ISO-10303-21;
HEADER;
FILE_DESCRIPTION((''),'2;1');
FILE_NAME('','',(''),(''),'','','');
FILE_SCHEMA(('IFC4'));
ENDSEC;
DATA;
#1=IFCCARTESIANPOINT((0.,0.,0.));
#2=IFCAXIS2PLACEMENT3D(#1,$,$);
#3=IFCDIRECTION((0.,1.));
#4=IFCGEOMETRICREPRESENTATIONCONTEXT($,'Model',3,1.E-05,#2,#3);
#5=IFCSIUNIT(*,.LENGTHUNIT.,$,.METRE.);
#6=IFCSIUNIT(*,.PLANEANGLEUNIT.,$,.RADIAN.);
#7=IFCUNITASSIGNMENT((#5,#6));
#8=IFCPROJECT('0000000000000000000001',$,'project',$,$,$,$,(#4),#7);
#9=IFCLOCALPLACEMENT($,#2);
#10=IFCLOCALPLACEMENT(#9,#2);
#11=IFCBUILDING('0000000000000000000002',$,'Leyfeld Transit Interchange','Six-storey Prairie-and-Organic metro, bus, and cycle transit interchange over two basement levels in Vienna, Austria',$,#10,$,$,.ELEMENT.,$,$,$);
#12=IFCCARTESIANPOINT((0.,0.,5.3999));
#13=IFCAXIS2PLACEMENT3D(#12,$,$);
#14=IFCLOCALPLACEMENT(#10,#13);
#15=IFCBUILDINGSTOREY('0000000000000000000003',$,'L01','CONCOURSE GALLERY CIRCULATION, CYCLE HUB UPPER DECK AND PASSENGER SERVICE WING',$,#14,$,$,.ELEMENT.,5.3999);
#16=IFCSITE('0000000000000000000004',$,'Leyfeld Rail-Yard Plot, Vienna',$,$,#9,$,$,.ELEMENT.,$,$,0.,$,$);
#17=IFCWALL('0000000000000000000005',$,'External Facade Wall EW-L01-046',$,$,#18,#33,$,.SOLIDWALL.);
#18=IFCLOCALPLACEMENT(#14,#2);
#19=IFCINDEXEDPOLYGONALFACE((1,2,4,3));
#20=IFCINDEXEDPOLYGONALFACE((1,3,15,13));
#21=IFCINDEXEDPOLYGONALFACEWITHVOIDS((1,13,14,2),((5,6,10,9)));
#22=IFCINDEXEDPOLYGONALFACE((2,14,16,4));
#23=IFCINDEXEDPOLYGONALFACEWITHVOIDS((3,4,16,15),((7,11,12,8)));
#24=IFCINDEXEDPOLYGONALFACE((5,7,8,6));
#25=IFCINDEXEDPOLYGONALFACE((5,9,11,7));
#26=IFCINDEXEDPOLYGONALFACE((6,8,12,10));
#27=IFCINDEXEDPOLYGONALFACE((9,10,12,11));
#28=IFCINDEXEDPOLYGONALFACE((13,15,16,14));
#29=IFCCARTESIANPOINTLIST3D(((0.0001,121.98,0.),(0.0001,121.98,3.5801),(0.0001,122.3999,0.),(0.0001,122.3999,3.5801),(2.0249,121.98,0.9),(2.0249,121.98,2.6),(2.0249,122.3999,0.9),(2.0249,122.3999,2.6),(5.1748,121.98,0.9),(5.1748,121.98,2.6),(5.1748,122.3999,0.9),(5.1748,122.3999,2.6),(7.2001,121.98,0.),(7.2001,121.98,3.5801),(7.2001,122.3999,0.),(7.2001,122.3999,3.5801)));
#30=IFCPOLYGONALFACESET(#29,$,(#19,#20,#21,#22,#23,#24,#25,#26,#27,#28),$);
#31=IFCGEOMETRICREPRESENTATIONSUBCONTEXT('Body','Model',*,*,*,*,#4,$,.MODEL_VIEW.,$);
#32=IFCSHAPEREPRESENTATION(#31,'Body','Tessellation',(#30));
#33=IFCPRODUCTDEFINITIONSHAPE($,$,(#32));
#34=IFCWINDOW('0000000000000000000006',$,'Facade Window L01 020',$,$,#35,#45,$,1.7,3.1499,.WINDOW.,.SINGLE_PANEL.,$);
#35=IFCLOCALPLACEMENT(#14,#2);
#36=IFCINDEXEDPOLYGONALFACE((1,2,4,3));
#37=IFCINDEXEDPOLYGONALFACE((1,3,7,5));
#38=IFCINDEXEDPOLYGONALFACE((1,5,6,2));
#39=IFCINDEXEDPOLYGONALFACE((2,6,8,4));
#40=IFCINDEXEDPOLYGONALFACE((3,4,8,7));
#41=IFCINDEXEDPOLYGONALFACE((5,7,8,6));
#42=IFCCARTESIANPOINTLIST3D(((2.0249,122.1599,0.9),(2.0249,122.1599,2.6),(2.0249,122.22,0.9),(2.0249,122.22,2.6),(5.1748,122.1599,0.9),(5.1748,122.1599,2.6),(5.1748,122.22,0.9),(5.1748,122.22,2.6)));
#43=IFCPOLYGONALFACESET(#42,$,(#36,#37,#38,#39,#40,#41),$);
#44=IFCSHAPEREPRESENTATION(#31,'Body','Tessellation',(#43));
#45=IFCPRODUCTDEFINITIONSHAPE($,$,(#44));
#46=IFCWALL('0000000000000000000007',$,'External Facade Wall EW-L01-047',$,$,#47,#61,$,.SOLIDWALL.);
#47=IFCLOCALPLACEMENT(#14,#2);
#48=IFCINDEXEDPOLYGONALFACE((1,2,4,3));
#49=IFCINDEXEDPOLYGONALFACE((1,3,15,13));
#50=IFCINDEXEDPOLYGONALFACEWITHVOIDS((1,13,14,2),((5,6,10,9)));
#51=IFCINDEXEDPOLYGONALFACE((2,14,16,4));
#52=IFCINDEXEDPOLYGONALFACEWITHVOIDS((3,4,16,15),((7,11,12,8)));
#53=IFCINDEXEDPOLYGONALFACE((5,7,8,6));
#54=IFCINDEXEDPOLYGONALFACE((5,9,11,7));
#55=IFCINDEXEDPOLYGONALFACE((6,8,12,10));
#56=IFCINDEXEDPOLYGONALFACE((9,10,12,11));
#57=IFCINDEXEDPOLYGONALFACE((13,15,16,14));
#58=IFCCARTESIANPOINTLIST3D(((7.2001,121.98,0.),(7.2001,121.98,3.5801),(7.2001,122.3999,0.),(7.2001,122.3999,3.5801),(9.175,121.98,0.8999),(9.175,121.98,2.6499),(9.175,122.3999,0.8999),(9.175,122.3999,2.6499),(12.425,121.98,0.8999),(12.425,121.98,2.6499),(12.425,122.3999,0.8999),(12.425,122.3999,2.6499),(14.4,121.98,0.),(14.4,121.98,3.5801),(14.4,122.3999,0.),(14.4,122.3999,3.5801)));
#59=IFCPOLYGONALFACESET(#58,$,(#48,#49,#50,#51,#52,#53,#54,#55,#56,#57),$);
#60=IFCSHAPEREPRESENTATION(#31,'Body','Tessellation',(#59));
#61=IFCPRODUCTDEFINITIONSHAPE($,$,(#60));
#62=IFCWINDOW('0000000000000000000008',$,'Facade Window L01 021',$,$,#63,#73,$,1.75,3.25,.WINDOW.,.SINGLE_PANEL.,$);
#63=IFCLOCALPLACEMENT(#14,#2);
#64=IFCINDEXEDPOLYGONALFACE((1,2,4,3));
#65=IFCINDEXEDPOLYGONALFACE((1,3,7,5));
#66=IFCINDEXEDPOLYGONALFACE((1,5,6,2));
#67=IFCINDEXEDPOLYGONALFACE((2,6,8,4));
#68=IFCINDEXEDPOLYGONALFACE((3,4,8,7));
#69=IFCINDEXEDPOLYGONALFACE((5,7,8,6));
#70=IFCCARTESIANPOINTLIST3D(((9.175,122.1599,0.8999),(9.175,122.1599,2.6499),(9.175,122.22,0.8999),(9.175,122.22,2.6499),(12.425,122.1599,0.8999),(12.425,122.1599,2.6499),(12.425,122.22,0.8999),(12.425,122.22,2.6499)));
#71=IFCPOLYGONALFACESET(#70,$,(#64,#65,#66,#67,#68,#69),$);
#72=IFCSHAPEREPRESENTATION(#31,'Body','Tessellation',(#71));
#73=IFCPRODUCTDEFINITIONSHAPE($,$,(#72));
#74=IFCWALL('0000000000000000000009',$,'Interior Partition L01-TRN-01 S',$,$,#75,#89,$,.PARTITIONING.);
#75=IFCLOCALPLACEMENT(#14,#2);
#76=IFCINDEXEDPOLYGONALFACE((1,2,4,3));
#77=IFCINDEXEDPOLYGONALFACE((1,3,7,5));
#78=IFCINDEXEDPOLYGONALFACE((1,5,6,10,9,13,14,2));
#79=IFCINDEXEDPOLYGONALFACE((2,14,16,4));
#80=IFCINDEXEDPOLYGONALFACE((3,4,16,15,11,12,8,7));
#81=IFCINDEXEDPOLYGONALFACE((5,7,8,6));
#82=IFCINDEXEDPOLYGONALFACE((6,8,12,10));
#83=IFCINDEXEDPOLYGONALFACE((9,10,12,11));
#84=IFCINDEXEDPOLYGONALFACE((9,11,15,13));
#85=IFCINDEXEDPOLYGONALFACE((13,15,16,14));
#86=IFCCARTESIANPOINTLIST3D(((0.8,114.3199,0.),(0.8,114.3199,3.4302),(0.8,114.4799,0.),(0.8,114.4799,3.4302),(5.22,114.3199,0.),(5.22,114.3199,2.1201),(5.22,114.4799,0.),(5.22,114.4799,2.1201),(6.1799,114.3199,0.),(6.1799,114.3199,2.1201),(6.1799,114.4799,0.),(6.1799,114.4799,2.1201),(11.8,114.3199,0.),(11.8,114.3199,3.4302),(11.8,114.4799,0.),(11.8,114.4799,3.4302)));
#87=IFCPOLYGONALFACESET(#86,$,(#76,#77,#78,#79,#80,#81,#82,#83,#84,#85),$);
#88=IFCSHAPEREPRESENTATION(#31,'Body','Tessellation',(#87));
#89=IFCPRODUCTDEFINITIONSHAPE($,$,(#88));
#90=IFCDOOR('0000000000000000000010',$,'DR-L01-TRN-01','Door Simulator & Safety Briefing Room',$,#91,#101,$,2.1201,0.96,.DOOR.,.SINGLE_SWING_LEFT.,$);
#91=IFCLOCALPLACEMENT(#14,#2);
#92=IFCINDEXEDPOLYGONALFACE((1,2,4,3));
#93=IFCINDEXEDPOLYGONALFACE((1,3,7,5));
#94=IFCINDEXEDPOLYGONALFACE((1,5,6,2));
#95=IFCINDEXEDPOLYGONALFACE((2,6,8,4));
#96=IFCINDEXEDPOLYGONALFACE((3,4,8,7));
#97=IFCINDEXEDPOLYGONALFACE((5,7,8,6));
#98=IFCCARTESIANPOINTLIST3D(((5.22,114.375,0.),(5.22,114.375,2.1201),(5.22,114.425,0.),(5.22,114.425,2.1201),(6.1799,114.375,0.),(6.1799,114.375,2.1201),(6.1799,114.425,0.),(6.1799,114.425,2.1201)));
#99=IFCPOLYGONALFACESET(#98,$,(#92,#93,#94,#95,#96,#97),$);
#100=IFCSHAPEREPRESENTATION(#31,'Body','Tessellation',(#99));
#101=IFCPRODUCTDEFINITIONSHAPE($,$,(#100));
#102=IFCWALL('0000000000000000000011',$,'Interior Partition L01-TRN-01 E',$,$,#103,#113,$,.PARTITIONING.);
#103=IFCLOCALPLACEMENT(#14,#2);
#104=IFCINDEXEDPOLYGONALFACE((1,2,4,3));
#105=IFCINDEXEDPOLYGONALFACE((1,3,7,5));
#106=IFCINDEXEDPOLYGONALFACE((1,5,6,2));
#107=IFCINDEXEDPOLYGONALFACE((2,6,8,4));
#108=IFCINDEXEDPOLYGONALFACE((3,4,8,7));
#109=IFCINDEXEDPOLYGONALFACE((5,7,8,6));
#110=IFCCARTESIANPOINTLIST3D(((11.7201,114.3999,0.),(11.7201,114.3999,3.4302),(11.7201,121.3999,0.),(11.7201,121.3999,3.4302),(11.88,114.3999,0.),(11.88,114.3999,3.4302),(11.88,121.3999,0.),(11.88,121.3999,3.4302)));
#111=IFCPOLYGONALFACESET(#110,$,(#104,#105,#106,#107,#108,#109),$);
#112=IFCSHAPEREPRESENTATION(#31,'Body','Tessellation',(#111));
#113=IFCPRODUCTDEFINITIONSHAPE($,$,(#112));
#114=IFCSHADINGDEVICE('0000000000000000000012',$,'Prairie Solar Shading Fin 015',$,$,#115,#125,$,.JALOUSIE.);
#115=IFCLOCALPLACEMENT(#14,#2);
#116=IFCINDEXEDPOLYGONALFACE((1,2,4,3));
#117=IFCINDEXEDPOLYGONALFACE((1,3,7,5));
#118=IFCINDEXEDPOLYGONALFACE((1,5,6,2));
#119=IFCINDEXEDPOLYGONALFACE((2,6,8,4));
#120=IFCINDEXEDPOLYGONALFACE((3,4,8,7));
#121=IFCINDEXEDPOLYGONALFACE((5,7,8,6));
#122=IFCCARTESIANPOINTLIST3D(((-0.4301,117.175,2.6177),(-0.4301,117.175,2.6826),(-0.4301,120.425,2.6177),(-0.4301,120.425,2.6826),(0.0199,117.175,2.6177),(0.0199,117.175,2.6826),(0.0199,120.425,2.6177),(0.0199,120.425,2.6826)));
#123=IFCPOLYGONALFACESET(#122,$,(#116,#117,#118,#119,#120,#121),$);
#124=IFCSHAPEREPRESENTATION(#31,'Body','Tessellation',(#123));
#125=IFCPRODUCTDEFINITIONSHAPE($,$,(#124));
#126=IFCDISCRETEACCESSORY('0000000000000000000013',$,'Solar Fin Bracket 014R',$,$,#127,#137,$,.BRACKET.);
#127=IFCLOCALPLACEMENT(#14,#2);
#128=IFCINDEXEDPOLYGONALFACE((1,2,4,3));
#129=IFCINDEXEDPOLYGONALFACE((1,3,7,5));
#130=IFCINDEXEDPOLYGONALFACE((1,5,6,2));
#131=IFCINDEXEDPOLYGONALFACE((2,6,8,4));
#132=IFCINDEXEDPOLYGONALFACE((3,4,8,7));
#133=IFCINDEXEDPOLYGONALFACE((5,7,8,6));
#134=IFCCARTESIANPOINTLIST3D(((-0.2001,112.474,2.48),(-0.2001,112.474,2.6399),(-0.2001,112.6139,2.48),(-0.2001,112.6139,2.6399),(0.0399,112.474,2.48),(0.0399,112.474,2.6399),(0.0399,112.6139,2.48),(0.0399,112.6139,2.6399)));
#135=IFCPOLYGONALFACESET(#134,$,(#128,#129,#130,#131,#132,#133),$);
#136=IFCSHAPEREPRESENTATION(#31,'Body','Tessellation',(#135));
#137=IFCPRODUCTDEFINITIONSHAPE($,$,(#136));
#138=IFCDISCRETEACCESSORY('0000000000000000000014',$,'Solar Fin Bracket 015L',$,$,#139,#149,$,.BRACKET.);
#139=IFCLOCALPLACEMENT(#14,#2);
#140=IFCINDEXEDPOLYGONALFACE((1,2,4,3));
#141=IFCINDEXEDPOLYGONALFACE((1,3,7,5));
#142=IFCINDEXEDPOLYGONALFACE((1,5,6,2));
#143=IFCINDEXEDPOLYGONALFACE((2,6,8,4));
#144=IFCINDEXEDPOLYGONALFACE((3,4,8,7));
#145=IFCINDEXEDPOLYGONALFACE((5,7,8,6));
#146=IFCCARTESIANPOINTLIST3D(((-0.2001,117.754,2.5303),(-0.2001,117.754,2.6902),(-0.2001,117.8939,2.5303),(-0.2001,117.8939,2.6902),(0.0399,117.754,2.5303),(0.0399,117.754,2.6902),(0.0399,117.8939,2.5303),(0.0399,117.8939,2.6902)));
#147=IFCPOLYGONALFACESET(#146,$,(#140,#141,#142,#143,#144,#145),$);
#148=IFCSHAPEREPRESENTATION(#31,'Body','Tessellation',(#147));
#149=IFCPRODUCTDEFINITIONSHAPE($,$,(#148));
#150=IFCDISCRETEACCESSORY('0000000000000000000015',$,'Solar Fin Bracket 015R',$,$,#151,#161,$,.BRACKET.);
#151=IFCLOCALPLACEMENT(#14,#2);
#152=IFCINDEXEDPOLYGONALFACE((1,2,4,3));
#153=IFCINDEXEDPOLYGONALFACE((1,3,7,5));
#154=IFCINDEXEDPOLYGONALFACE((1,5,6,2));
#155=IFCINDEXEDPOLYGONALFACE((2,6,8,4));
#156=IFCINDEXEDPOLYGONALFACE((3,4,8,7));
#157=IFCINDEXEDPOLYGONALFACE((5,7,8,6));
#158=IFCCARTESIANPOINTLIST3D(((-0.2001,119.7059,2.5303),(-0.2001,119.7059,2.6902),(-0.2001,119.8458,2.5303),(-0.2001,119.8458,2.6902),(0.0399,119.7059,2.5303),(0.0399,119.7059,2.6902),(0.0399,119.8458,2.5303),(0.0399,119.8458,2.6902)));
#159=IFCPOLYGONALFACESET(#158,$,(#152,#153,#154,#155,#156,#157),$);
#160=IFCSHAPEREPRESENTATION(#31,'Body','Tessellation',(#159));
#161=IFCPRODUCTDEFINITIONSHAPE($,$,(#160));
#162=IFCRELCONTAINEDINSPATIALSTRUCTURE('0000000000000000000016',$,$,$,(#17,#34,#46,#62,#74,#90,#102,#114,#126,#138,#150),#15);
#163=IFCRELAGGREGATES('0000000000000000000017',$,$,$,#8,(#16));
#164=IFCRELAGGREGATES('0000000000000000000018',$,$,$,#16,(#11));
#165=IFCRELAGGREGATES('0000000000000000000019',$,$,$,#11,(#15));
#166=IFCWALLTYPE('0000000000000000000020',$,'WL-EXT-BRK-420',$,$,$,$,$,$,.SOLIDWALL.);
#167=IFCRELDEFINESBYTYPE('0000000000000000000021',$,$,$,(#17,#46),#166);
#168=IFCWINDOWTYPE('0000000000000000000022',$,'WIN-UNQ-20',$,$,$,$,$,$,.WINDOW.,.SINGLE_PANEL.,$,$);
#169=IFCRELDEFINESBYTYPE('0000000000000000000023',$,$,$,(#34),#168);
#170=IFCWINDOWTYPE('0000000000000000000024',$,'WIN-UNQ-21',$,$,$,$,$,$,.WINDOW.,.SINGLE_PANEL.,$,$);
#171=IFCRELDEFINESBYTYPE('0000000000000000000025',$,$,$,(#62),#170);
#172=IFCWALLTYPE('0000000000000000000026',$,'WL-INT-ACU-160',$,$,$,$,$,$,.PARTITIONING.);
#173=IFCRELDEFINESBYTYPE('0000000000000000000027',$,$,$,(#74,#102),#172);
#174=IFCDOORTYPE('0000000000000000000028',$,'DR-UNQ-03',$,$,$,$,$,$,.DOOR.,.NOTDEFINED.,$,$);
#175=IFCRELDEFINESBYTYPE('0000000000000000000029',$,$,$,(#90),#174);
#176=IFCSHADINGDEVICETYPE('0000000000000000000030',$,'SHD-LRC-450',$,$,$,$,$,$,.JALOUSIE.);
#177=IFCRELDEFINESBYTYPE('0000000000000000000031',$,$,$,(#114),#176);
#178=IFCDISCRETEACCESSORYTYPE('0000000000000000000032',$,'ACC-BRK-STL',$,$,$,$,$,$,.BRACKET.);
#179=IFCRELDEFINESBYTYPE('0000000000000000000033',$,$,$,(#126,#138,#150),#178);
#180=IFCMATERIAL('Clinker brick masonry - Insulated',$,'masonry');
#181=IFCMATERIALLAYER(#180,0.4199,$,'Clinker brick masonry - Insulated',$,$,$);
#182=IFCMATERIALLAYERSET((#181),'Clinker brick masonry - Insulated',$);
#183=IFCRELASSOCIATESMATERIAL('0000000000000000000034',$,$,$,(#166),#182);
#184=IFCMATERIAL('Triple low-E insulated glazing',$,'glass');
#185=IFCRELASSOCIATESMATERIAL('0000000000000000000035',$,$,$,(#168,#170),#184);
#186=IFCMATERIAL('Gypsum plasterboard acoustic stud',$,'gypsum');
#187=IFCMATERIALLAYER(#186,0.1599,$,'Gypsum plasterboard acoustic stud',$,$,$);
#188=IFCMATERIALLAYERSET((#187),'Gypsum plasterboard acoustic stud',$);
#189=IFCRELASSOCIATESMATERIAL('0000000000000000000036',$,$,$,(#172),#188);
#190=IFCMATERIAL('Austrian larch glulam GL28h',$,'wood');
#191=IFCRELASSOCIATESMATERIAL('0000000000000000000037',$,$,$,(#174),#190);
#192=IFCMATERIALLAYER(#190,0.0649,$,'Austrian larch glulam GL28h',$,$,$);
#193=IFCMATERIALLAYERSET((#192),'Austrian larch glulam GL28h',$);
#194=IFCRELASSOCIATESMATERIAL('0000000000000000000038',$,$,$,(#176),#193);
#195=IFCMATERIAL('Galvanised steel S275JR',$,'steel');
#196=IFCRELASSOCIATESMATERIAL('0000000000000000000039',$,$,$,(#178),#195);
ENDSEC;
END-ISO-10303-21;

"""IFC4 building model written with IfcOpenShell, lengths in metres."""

from ifc_helpers import new_model, si_unit, direction, frame, frame_2d, origin, origin_2d, place, context, subcontext, project, spatial, rectangle, extrude, material, layer, layer_set, type_object, element, fill, save


model = new_model("IFC4")

# Units and contexts
model_context = context("Model", 3, precision=1e-05, world=origin(), true_north=direction((0.0, 1.0)))
body_context = subcontext(model_context, "Body", "Model", "MODEL_VIEW")
ifc_project = project(units=[si_unit("LENGTHUNIT", "METRE"), si_unit("PLANEANGLEUNIT", "RADIAN")], contexts=[model_context])

# Site, building, storey
site_placement = place(None, origin())
site = spatial("IfcSite", under=ifc_project, at=site_placement, Name="Leyfeld Rail-Yard Plot, Vienna", CompositionType="ELEMENT", RefElevation=0.0)
building_placement = place(site_placement, origin())
building = spatial("IfcBuilding", under=site, at=building_placement, Name="Leyfeld Transit Interchange", Description="Six-storey Prairie-and-Organic metro, bus, and cycle transit interchange over two basement levels in Vienna, Austria", CompositionType="ELEMENT")
storey_placement = place(building_placement, frame((0.0, 0.0, 5.3999)))
storey = spatial("IfcBuildingStorey", under=building, at=storey_placement, Name="L01", Description="CONCOURSE GALLERY CIRCULATION, CYCLE HUB UPPER DECK AND PASSENGER SERVICE WING", CompositionType="ELEMENT", Elevation=5.3999)

# Walls, openings, windows
ifc_material_1 = material(Name="Clinker brick masonry - Insulated", Category="masonry")
ifc_layer_1 = layer(ifc_material_1, 0.4199, Name="Clinker brick masonry - Insulated")
ifc_layer_set_1 = layer_set([ifc_layer_1], Name="Clinker brick masonry - Insulated")
wall_type_1 = type_object("IfcWallType", Name="WL-EXT-BRK-420", PredefinedType="SOLIDWALL", material=ifc_layer_set_1)
ifc_material_2 = material(Name="Triple low-E insulated glazing", Category="glass")
wall_1_placement = place(storey_placement, frame((0.0, 122.1899, 0.0), z_axis=(0.0, 0.0, 1.0), x_axis=(1.0, 0.0, 0.0)))
wall_1 = element("IfcWall", 1, at=wall_1_placement, inside=storey, type_object=wall_type_1, Name="External Facade Wall EW-L01-046", PredefinedType="SOLIDWALL", context=body_context, shape_type="SweptSolid", body=[
    extrude(rectangle(XDim=7.2, YDim=0.4199, at=frame_2d((3.6001, 0.0))), origin(), (0.0, 0.0, 1.0), 3.5801),
])
opening_1_placement = place(wall_1_placement, frame((2.0249, 0.0, 0.8999)))
opening_1 = element("IfcOpeningElement", 2, at=opening_1_placement, cuts=wall_1, PredefinedType="OPENING", context=body_context, shape_type="SweptSolid", body=[
    extrude(rectangle(XDim=3.1499, YDim=1.7, at=frame_2d((1.575, 0.8501))), frame((0.0, 0.22, 0.0), z_axis=(0.0, -1.0, 0.0), x_axis=(1.0, 0.0, 0.0)), (0.0, 0.0, 1.0), 0.4399),
])
window_type_1 = type_object("IfcWindowType", Name="WIN-UNQ-20", PartitioningType="SINGLE_PANEL", PredefinedType="WINDOW", material=ifc_material_2)
window_1_placement = place(opening_1_placement, origin())
window_1 = element("IfcWindow", 3, at=window_1_placement, inside=storey, type_object=window_type_1, Name="Facade Window L01 020", OverallHeight=1.7, OverallWidth=3.1499, PartitioningType="SINGLE_PANEL", PredefinedType="WINDOW", context=body_context, shape_type="SweptSolid", body=[
    extrude(rectangle(XDim=3.1499, YDim=1.7, at=frame_2d((1.575, 0.8501))), frame((0.0, 0.03, 0.0), z_axis=(0.0, -1.0, 0.0), x_axis=(1.0, 0.0, 0.0)), (0.0, 0.0, 1.0), 0.0601),
])
fill(opening_1, window_1)
wall_2_placement = place(storey_placement, frame((7.2, 122.1899, 0.0), z_axis=(0.0, 0.0, 1.0), x_axis=(1.0, 0.0, 0.0)))
wall_2 = element("IfcWall", 4, at=wall_2_placement, inside=storey, type_object=wall_type_1, Name="External Facade Wall EW-L01-047", PredefinedType="SOLIDWALL", context=body_context, shape_type="SweptSolid", body=[
    extrude(rectangle(XDim=7.2, YDim=0.4199, at=frame_2d((3.6001, 0.0))), origin(), (0.0, 0.0, 1.0), 3.5801),
])
opening_2_placement = place(wall_2_placement, frame((1.9751, 0.0, 0.8999)))
opening_2 = element("IfcOpeningElement", 5, at=opening_2_placement, cuts=wall_2, PredefinedType="OPENING", context=body_context, shape_type="SweptSolid", body=[
    extrude(rectangle(XDim=3.25, YDim=1.75, at=frame_2d((1.625, 0.875))), frame((0.0, 0.22, 0.0), z_axis=(0.0, -1.0, 0.0), x_axis=(1.0, 0.0, 0.0)), (0.0, 0.0, 1.0), 0.4399),
])
window_type_2 = type_object("IfcWindowType", Name="WIN-UNQ-21", PartitioningType="SINGLE_PANEL", PredefinedType="WINDOW", material=ifc_material_2)
window_2_placement = place(opening_2_placement, origin())
window_2 = element("IfcWindow", 6, at=window_2_placement, inside=storey, type_object=window_type_2, Name="Facade Window L01 021", OverallHeight=1.75, OverallWidth=3.25, PartitioningType="SINGLE_PANEL", PredefinedType="WINDOW", context=body_context, shape_type="SweptSolid", body=[
    extrude(rectangle(XDim=3.25, YDim=1.75, at=frame_2d((1.625, 0.875))), frame((0.0, 0.03, 0.0), z_axis=(0.0, -1.0, 0.0), x_axis=(1.0, 0.0, 0.0)), (0.0, 0.0, 1.0), 0.0601),
])
fill(opening_2, window_2)

# Wall, opening, door
ifc_material_3 = material(Name="Gypsum plasterboard acoustic stud", Category="gypsum")
ifc_layer_2 = layer(ifc_material_3, 0.1599, Name="Gypsum plasterboard acoustic stud")
ifc_layer_set_2 = layer_set([ifc_layer_2], Name="Gypsum plasterboard acoustic stud")
wall_type_2 = type_object("IfcWallType", Name="WL-INT-ACU-160", PredefinedType="PARTITIONING", material=ifc_layer_set_2)
wall_3_placement = place(storey_placement, frame((11.8, 114.3999, 0.0), z_axis=(0.0, 0.0, 1.0), x_axis=(-1.0, 0.0, 0.0)))
wall_3 = element("IfcWall", 7, at=wall_3_placement, inside=storey, type_object=wall_type_2, Name="Interior Partition L01-TRN-01 S", PredefinedType="PARTITIONING", context=body_context, shape_type="SweptSolid", body=[
    extrude(rectangle(XDim=11.0, YDim=0.1599, at=frame_2d((5.5, 0.0))), origin(), (0.0, 0.0, 1.0), 3.4302),
])
opening_3_placement = place(wall_3_placement, frame((5.6201, 0.0, 0.0)))
opening_3 = element("IfcOpeningElement", 8, at=opening_3_placement, cuts=wall_3, PredefinedType="OPENING", context=body_context, shape_type="SweptSolid", body=[
    extrude(rectangle(XDim=0.96, YDim=2.1201, at=frame_2d((0.48, 1.0601))), frame((0.0, 0.0898, 0.0), z_axis=(0.0, -1.0, 0.0), x_axis=(1.0, 0.0, 0.0)), (0.0, 0.0, 1.0), 0.1799),
])
ifc_material_4 = material(Name="Austrian larch glulam GL28h", Category="wood")
door_type = type_object("IfcDoorType", Name="DR-UNQ-03", OperationType="NOTDEFINED", PredefinedType="DOOR", material=ifc_material_4)
door_placement = place(opening_3_placement, origin())
door = element("IfcDoor", 9, at=door_placement, inside=storey, type_object=door_type, Name="DR-L01-TRN-01", Description="Door Simulator & Safety Briefing Room", OperationType="SINGLE_SWING_LEFT", OverallHeight=2.1201, OverallWidth=0.96, PredefinedType="DOOR", context=body_context, shape_type="SweptSolid", body=[
    extrude(rectangle(XDim=0.96, YDim=2.1201, at=frame_2d((0.48, 1.0601))), frame((0.0, 0.0249, 0.0), z_axis=(0.0, -1.0, 0.0), x_axis=(1.0, 0.0, 0.0)), (0.0, 0.0, 1.0), 0.05),
])
fill(opening_3, door)

# Wall
wall_4_placement = place(storey_placement, frame((11.8, 121.3999, 0.0), z_axis=(0.0, 0.0, 1.0), x_axis=(0.0, -1.0, 0.0)))
element("IfcWall", 10, at=wall_4_placement, inside=storey, type_object=wall_type_2, Name="Interior Partition L01-TRN-01 E", PredefinedType="PARTITIONING", context=body_context, shape_type="SweptSolid", body=[
    extrude(rectangle(XDim=7.0, YDim=0.1599, at=frame_2d((3.5, 0.0))), origin(), (0.0, 0.0, 1.0), 3.4302),
])

# Shading device
ifc_layer_3 = layer(ifc_material_4, 0.0649, Name="Austrian larch glulam GL28h")
ifc_layer_set_3 = layer_set([ifc_layer_3], Name="Austrian larch glulam GL28h")
shading_device_type = type_object("IfcShadingDeviceType", Name="SHD-LRC-450", PredefinedType="JALOUSIE", material=ifc_layer_set_3)
shading_device_placement = place(storey_placement, frame((-0.2051, 118.8, 2.6177), z_axis=(0.0, 0.0, 1.0), x_axis=(0.0, 1.0, 0.0)))
element("IfcShadingDevice", 11, at=shading_device_placement, inside=storey, type_object=shading_device_type, Name="Prairie Solar Shading Fin 015", PredefinedType="JALOUSIE", context=body_context, shape_type="SweptSolid", body=[
    extrude(rectangle(XDim=3.25, YDim=0.45, at=origin_2d()), origin(), (0.0, 0.0, 1.0), 0.0649),
])

# Discrete accessories
ifc_material_5 = material(Name="Galvanised steel S275JR", Category="steel")
discrete_accessory_type = type_object("IfcDiscreteAccessoryType", Name="ACC-BRK-STL", PredefinedType="BRACKET", material=ifc_material_5)
for number, where, z_axis, x_axis, name in (
    (12, (-0.0801, 112.5439, 2.48), (0.0, 0.0, 1.0), (0.0, 1.0, 0.0), "Solar Fin Bracket 014R"),
    (13, (-0.0801, 117.824, 2.5303), (0.0, 0.0, 1.0), (0.0, 1.0, 0.0), "Solar Fin Bracket 015L"),
    (14, (-0.0801, 119.7759, 2.5303), (0.0, 0.0, 1.0), (0.0, 1.0, 0.0), "Solar Fin Bracket 015R"),
):
    element("IfcDiscreteAccessory", number, at=place(storey_placement, frame(where, z_axis=z_axis, x_axis=x_axis)), inside=storey, type_object=discrete_accessory_type, Name=name, PredefinedType="BRACKET", context=body_context, shape_type="SweptSolid", body=[
        extrude(rectangle(XDim=0.1399, YDim=0.24, at=origin_2d()), origin(), (0.0, 0.0, 1.0), 0.1599),
    ])

save(model, "model.ifc")
